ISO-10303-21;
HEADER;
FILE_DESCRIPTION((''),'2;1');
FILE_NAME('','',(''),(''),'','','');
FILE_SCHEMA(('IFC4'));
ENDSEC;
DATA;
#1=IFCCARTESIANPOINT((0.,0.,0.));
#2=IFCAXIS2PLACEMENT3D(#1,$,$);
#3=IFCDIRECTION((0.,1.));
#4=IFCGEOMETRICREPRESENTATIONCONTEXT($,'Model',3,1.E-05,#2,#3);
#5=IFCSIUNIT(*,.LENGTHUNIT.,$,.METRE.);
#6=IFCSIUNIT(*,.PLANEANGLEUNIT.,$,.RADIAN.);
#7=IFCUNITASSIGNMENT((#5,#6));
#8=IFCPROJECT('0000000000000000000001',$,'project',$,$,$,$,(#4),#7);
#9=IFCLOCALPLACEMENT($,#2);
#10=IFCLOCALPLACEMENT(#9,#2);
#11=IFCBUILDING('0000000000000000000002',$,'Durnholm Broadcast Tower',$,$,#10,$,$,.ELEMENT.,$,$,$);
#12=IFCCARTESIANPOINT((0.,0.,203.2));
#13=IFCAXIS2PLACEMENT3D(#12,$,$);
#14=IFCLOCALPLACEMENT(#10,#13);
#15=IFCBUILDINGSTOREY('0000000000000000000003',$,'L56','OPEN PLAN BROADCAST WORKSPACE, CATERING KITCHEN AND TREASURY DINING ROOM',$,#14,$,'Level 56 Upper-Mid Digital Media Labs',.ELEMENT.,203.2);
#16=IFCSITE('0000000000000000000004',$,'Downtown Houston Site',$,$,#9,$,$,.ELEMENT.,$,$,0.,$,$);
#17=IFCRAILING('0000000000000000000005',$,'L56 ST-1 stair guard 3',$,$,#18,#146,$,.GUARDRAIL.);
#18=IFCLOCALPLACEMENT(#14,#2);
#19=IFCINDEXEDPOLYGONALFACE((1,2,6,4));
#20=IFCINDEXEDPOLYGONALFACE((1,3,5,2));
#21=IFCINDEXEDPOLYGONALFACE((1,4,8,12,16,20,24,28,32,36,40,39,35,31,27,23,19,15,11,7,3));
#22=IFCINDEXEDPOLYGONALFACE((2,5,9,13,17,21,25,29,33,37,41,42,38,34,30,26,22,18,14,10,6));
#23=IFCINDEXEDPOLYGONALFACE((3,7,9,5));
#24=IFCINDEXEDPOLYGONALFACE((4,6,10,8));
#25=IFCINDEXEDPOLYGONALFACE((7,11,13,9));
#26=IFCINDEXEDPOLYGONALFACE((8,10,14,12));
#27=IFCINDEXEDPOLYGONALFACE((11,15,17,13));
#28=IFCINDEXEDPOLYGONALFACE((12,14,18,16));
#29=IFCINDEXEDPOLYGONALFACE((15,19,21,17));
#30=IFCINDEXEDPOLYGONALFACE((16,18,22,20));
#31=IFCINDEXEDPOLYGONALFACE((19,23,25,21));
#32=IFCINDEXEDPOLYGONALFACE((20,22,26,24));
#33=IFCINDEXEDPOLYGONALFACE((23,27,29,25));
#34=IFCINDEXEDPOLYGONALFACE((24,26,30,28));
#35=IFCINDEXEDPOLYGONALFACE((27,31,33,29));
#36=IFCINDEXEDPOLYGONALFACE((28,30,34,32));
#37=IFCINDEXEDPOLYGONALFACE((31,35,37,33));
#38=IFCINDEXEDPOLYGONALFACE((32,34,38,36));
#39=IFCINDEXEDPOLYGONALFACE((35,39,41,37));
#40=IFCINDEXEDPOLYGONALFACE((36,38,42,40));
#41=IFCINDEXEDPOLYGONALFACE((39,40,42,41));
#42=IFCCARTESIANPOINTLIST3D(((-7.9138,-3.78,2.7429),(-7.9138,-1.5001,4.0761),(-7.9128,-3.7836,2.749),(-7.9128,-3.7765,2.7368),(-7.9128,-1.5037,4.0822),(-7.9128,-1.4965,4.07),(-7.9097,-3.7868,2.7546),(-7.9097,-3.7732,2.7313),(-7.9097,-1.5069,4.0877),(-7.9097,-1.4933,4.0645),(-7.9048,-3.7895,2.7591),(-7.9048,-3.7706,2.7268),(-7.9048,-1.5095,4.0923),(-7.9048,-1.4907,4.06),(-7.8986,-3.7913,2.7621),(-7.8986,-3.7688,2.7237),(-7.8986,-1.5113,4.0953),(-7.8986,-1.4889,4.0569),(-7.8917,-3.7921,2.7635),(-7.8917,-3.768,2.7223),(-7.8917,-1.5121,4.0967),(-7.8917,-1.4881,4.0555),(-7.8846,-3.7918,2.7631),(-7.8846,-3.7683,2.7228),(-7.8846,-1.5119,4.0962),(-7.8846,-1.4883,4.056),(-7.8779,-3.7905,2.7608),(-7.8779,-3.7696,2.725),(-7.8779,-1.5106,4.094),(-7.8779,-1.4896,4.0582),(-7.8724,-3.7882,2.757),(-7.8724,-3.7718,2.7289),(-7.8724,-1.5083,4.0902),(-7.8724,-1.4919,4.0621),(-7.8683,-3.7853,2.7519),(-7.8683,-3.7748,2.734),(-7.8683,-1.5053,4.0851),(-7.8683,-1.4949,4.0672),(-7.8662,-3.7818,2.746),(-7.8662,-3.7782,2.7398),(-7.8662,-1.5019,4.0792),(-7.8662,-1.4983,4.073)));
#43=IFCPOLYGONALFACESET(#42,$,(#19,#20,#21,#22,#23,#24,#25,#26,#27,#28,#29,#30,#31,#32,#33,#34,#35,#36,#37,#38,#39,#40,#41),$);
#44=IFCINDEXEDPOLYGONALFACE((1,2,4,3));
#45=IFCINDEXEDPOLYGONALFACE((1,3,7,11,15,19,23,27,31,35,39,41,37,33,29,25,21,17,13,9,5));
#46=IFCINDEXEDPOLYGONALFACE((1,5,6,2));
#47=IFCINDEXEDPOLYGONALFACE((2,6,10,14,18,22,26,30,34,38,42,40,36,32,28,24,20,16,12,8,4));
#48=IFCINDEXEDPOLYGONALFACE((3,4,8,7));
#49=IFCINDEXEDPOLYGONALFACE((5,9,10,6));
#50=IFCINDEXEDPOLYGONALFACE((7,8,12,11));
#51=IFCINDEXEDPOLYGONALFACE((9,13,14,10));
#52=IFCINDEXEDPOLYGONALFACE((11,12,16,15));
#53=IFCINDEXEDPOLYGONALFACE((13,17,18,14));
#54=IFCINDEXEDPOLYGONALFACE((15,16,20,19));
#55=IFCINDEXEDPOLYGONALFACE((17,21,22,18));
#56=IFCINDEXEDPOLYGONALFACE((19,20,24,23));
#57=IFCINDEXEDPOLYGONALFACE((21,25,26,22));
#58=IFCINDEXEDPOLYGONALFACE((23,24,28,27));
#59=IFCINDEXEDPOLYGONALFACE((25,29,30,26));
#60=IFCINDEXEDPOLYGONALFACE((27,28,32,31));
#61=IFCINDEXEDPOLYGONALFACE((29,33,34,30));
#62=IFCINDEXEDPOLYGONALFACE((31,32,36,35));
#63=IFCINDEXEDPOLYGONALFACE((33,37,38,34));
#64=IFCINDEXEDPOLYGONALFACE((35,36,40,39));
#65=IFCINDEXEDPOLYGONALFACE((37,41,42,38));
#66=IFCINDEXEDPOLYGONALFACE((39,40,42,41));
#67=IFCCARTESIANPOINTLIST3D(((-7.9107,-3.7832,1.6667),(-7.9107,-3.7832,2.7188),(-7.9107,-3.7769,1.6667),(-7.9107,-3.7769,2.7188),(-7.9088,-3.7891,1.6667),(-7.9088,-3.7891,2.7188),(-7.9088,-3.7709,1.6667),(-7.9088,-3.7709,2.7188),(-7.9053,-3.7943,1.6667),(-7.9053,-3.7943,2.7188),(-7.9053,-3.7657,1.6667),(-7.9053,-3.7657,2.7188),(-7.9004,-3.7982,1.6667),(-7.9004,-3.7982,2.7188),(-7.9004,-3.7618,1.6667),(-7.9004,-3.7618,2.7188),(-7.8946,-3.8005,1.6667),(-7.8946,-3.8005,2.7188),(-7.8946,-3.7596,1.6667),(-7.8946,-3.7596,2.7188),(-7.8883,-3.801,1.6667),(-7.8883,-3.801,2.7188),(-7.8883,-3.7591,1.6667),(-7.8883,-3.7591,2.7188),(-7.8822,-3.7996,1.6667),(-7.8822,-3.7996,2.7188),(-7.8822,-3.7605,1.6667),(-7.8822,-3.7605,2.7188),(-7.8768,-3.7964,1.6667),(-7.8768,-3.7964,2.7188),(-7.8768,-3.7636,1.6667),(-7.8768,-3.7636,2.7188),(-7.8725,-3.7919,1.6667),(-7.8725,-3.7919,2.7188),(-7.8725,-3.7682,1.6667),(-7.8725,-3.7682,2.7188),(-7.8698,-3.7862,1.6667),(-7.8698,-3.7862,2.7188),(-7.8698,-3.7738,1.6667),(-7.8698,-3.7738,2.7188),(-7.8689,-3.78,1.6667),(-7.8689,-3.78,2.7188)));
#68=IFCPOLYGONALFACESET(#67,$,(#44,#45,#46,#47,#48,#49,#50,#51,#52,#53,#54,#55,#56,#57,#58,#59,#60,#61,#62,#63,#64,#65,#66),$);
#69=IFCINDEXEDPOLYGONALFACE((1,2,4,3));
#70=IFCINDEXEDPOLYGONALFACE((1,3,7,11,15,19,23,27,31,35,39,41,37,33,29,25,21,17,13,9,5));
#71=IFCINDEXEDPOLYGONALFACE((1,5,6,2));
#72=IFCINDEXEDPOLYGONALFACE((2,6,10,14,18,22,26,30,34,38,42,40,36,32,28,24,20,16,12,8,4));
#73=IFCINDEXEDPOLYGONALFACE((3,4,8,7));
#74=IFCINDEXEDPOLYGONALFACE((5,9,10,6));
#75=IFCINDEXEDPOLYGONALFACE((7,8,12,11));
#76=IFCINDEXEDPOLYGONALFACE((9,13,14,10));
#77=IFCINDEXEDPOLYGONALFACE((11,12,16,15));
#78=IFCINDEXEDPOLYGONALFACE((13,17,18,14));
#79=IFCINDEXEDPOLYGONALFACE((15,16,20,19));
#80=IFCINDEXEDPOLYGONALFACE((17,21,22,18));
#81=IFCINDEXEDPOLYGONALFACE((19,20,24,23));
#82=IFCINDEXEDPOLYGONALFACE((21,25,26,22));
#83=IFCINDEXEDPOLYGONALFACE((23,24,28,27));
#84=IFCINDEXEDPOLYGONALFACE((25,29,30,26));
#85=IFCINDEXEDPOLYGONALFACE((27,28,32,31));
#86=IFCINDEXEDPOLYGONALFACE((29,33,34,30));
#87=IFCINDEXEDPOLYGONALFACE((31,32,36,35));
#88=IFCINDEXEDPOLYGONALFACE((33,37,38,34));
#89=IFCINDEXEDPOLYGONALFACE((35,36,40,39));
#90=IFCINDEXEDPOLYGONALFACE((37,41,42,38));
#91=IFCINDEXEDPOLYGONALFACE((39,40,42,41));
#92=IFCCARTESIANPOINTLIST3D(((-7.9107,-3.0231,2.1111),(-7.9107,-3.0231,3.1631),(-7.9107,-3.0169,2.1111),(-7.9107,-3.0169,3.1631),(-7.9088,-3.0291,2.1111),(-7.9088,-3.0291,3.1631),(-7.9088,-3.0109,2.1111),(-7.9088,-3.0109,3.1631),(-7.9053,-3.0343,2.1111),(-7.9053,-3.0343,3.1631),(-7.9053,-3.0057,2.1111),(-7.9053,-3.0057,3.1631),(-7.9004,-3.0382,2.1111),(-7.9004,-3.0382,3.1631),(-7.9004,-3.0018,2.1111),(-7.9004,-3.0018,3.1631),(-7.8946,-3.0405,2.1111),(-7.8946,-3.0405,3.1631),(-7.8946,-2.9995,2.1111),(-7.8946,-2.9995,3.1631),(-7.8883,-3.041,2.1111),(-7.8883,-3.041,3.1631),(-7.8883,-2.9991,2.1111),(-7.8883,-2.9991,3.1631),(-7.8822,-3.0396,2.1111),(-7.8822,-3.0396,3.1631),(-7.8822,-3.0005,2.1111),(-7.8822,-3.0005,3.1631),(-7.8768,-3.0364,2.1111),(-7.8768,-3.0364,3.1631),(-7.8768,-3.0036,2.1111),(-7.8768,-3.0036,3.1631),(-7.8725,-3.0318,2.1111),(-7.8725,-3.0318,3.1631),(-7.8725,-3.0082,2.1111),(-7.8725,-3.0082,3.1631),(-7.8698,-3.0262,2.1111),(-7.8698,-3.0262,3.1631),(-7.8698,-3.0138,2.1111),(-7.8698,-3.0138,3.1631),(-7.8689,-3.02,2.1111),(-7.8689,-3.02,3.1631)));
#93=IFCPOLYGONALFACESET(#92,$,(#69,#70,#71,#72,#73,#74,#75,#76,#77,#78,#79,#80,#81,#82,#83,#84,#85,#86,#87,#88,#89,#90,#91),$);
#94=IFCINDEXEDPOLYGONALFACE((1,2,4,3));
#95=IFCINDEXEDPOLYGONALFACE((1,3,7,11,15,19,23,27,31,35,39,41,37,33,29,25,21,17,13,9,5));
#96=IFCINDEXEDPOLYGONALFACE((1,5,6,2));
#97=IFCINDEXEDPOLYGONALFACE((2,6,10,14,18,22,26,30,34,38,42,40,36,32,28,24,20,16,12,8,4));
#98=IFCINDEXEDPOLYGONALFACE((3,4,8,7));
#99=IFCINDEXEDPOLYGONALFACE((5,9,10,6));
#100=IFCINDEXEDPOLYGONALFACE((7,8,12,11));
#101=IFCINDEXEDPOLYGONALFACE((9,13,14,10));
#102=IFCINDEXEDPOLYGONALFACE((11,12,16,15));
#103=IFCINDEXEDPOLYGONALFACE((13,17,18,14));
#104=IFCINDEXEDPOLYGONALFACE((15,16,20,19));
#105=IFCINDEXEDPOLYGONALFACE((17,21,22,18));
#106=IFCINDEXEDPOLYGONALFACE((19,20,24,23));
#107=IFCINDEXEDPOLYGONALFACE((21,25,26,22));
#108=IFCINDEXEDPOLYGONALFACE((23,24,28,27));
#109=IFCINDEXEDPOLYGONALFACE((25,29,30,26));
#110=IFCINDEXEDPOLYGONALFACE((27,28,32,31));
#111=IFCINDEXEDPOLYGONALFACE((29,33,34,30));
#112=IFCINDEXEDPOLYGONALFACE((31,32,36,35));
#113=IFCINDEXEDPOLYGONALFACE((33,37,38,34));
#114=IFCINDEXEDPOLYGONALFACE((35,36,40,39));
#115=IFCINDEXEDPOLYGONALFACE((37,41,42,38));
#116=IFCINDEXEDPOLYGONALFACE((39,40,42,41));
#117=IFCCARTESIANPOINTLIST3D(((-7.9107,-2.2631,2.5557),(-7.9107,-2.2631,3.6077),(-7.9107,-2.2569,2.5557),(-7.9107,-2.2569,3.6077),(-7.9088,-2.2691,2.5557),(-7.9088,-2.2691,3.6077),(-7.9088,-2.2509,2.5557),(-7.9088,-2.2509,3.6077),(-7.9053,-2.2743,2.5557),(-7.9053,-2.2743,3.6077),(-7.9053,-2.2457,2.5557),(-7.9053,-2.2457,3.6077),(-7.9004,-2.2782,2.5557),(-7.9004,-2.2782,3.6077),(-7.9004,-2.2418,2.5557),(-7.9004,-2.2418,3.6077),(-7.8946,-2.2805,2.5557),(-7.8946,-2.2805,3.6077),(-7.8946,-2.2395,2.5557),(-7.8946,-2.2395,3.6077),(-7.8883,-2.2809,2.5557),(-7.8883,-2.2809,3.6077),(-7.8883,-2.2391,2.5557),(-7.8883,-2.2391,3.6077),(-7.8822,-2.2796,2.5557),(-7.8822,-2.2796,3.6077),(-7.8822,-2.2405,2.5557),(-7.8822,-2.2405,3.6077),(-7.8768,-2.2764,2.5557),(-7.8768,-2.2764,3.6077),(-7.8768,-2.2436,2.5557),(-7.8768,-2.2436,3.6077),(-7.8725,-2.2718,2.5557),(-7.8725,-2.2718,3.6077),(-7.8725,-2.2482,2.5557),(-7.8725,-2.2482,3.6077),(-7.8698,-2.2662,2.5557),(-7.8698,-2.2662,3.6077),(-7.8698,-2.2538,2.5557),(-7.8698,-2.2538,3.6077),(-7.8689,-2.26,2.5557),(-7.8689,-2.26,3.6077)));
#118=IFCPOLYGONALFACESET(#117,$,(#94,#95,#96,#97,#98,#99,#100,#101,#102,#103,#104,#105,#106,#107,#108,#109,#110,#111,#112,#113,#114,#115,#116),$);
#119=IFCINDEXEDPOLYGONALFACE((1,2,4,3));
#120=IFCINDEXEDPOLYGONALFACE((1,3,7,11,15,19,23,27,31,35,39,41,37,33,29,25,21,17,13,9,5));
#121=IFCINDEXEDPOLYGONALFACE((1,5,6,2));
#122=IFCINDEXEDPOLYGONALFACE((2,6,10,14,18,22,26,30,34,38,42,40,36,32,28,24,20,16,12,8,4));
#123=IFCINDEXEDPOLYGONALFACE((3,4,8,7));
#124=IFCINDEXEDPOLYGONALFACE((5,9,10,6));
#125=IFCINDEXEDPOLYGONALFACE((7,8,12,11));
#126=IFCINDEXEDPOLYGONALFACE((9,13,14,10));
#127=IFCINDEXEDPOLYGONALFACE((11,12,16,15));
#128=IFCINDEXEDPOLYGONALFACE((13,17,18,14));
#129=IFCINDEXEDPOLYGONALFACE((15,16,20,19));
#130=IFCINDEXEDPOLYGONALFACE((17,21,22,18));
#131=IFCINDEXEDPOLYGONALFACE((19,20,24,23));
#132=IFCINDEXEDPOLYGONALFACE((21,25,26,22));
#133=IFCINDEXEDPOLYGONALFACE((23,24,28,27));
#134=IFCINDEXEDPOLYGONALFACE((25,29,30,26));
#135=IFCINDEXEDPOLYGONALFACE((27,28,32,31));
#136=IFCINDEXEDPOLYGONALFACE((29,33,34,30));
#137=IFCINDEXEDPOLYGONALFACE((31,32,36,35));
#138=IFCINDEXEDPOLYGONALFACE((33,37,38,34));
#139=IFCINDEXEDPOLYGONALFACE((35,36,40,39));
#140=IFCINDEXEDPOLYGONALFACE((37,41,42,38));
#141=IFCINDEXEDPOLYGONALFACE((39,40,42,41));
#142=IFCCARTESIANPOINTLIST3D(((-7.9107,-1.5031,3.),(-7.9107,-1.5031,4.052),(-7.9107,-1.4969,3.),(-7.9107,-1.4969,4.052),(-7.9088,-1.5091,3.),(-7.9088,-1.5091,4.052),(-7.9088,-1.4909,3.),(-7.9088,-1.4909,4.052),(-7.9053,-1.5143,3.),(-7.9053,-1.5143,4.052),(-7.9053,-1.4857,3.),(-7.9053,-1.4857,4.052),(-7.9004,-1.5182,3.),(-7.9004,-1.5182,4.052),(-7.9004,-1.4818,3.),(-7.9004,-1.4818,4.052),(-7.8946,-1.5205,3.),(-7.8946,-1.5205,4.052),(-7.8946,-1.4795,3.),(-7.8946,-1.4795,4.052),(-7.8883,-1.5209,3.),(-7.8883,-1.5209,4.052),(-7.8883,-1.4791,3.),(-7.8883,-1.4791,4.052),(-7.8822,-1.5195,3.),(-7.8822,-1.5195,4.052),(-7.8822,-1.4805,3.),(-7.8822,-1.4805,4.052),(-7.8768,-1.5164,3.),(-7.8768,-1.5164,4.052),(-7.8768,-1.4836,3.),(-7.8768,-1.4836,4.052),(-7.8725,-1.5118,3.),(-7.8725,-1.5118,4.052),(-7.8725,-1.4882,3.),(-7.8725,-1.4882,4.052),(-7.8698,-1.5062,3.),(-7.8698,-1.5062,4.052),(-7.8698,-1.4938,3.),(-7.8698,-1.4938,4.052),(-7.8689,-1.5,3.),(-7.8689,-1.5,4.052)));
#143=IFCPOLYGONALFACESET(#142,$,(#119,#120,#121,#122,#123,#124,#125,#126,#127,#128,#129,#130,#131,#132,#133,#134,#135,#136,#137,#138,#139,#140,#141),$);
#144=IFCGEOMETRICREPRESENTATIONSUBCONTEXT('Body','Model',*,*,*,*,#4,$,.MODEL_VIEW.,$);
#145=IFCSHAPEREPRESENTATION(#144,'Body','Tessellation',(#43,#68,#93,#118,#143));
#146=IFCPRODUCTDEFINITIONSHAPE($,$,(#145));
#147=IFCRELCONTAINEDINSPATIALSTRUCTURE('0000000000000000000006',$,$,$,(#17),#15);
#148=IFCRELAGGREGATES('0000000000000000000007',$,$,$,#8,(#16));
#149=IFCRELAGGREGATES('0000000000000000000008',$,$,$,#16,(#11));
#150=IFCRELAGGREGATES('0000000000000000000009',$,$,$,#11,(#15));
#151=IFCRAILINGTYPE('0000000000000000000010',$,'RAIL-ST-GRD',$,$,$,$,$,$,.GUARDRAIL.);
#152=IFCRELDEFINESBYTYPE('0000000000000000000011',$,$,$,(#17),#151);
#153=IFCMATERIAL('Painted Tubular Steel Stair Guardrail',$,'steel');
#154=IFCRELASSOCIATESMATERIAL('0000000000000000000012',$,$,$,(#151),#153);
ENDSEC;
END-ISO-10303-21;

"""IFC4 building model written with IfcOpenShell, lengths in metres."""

from ifc_helpers import new_model, si_unit, direction, frame, origin, origin_2d, place, context, subcontext, project, spatial, circle, extrude, material, type_object, element, save


model = new_model("IFC4")

# Units and contexts
model_context = context("Model", 3, precision=1e-05, world=origin(), true_north=direction((0.0, 1.0)))
body_context = subcontext(model_context, "Body", "Model", "MODEL_VIEW")
ifc_project = project(units=[si_unit("LENGTHUNIT", "METRE"), si_unit("PLANEANGLEUNIT", "RADIAN")], contexts=[model_context])

# Site, building, storey
site_placement = place(None, origin())
site = spatial("IfcSite", under=ifc_project, at=site_placement, Name="Downtown Houston Site", CompositionType="ELEMENT", RefElevation=0.0)
building_placement = place(site_placement, origin())
building = spatial("IfcBuilding", under=site, at=building_placement, Name="Durnholm Broadcast Tower", CompositionType="ELEMENT")
storey_placement = place(building_placement, frame((0.0, 0.0, 203.2)))
storey = spatial("IfcBuildingStorey", under=building, at=storey_placement, Name="L56", Description="OPEN PLAN BROADCAST WORKSPACE, CATERING KITCHEN AND TREASURY DINING ROOM", LongName="Level 56 Upper-Mid Digital Media Labs", CompositionType="ELEMENT", Elevation=203.2)

# Railing
ifc_material_1 = material(Name="Painted Tubular Steel Stair Guardrail", Category="steel")
railing_type_1 = type_object("IfcRailingType", Name="RAIL-ST-GRD", PredefinedType="GUARDRAIL", material=ifc_material_1)
railing_1_placement = place(storey_placement, frame((-7.8899, -3.78, 1.6667)))
element("IfcRailing", 1, at=railing_1_placement, inside=storey, type_object=railing_type_1, Name="L56 ST-1 stair guard 3", PredefinedType="GUARDRAIL", context=body_context, shape_type="SweptSolid", body=[
    extrude(circle(Radius=0.0239, at=origin_2d()), frame((0.0, 0.0, 1.0762), z_axis=(0.0, 0.863245, 0.504785), x_axis=(-1.0, 0.0, 0.0)), (0.0, 0.0, 1.0), 2.6411),
    extrude(circle(Radius=0.021, at=origin_2d()), origin(), (0.0, 0.0, 1.0), 1.052),
    extrude(circle(Radius=0.021, at=origin_2d()), frame((0.0, 0.76, 0.4443)), (0.0, 0.0, 1.0), 1.052),
    extrude(circle(Radius=0.021, at=origin_2d()), frame((0.0, 1.52, 0.8889)), (0.0, 0.0, 1.0), 1.052),
    extrude(circle(Radius=0.021, at=origin_2d()), frame((0.0, 2.28, 1.3333)), (0.0, 0.0, 1.0), 1.052),
])

save(model, "model.ifc")
